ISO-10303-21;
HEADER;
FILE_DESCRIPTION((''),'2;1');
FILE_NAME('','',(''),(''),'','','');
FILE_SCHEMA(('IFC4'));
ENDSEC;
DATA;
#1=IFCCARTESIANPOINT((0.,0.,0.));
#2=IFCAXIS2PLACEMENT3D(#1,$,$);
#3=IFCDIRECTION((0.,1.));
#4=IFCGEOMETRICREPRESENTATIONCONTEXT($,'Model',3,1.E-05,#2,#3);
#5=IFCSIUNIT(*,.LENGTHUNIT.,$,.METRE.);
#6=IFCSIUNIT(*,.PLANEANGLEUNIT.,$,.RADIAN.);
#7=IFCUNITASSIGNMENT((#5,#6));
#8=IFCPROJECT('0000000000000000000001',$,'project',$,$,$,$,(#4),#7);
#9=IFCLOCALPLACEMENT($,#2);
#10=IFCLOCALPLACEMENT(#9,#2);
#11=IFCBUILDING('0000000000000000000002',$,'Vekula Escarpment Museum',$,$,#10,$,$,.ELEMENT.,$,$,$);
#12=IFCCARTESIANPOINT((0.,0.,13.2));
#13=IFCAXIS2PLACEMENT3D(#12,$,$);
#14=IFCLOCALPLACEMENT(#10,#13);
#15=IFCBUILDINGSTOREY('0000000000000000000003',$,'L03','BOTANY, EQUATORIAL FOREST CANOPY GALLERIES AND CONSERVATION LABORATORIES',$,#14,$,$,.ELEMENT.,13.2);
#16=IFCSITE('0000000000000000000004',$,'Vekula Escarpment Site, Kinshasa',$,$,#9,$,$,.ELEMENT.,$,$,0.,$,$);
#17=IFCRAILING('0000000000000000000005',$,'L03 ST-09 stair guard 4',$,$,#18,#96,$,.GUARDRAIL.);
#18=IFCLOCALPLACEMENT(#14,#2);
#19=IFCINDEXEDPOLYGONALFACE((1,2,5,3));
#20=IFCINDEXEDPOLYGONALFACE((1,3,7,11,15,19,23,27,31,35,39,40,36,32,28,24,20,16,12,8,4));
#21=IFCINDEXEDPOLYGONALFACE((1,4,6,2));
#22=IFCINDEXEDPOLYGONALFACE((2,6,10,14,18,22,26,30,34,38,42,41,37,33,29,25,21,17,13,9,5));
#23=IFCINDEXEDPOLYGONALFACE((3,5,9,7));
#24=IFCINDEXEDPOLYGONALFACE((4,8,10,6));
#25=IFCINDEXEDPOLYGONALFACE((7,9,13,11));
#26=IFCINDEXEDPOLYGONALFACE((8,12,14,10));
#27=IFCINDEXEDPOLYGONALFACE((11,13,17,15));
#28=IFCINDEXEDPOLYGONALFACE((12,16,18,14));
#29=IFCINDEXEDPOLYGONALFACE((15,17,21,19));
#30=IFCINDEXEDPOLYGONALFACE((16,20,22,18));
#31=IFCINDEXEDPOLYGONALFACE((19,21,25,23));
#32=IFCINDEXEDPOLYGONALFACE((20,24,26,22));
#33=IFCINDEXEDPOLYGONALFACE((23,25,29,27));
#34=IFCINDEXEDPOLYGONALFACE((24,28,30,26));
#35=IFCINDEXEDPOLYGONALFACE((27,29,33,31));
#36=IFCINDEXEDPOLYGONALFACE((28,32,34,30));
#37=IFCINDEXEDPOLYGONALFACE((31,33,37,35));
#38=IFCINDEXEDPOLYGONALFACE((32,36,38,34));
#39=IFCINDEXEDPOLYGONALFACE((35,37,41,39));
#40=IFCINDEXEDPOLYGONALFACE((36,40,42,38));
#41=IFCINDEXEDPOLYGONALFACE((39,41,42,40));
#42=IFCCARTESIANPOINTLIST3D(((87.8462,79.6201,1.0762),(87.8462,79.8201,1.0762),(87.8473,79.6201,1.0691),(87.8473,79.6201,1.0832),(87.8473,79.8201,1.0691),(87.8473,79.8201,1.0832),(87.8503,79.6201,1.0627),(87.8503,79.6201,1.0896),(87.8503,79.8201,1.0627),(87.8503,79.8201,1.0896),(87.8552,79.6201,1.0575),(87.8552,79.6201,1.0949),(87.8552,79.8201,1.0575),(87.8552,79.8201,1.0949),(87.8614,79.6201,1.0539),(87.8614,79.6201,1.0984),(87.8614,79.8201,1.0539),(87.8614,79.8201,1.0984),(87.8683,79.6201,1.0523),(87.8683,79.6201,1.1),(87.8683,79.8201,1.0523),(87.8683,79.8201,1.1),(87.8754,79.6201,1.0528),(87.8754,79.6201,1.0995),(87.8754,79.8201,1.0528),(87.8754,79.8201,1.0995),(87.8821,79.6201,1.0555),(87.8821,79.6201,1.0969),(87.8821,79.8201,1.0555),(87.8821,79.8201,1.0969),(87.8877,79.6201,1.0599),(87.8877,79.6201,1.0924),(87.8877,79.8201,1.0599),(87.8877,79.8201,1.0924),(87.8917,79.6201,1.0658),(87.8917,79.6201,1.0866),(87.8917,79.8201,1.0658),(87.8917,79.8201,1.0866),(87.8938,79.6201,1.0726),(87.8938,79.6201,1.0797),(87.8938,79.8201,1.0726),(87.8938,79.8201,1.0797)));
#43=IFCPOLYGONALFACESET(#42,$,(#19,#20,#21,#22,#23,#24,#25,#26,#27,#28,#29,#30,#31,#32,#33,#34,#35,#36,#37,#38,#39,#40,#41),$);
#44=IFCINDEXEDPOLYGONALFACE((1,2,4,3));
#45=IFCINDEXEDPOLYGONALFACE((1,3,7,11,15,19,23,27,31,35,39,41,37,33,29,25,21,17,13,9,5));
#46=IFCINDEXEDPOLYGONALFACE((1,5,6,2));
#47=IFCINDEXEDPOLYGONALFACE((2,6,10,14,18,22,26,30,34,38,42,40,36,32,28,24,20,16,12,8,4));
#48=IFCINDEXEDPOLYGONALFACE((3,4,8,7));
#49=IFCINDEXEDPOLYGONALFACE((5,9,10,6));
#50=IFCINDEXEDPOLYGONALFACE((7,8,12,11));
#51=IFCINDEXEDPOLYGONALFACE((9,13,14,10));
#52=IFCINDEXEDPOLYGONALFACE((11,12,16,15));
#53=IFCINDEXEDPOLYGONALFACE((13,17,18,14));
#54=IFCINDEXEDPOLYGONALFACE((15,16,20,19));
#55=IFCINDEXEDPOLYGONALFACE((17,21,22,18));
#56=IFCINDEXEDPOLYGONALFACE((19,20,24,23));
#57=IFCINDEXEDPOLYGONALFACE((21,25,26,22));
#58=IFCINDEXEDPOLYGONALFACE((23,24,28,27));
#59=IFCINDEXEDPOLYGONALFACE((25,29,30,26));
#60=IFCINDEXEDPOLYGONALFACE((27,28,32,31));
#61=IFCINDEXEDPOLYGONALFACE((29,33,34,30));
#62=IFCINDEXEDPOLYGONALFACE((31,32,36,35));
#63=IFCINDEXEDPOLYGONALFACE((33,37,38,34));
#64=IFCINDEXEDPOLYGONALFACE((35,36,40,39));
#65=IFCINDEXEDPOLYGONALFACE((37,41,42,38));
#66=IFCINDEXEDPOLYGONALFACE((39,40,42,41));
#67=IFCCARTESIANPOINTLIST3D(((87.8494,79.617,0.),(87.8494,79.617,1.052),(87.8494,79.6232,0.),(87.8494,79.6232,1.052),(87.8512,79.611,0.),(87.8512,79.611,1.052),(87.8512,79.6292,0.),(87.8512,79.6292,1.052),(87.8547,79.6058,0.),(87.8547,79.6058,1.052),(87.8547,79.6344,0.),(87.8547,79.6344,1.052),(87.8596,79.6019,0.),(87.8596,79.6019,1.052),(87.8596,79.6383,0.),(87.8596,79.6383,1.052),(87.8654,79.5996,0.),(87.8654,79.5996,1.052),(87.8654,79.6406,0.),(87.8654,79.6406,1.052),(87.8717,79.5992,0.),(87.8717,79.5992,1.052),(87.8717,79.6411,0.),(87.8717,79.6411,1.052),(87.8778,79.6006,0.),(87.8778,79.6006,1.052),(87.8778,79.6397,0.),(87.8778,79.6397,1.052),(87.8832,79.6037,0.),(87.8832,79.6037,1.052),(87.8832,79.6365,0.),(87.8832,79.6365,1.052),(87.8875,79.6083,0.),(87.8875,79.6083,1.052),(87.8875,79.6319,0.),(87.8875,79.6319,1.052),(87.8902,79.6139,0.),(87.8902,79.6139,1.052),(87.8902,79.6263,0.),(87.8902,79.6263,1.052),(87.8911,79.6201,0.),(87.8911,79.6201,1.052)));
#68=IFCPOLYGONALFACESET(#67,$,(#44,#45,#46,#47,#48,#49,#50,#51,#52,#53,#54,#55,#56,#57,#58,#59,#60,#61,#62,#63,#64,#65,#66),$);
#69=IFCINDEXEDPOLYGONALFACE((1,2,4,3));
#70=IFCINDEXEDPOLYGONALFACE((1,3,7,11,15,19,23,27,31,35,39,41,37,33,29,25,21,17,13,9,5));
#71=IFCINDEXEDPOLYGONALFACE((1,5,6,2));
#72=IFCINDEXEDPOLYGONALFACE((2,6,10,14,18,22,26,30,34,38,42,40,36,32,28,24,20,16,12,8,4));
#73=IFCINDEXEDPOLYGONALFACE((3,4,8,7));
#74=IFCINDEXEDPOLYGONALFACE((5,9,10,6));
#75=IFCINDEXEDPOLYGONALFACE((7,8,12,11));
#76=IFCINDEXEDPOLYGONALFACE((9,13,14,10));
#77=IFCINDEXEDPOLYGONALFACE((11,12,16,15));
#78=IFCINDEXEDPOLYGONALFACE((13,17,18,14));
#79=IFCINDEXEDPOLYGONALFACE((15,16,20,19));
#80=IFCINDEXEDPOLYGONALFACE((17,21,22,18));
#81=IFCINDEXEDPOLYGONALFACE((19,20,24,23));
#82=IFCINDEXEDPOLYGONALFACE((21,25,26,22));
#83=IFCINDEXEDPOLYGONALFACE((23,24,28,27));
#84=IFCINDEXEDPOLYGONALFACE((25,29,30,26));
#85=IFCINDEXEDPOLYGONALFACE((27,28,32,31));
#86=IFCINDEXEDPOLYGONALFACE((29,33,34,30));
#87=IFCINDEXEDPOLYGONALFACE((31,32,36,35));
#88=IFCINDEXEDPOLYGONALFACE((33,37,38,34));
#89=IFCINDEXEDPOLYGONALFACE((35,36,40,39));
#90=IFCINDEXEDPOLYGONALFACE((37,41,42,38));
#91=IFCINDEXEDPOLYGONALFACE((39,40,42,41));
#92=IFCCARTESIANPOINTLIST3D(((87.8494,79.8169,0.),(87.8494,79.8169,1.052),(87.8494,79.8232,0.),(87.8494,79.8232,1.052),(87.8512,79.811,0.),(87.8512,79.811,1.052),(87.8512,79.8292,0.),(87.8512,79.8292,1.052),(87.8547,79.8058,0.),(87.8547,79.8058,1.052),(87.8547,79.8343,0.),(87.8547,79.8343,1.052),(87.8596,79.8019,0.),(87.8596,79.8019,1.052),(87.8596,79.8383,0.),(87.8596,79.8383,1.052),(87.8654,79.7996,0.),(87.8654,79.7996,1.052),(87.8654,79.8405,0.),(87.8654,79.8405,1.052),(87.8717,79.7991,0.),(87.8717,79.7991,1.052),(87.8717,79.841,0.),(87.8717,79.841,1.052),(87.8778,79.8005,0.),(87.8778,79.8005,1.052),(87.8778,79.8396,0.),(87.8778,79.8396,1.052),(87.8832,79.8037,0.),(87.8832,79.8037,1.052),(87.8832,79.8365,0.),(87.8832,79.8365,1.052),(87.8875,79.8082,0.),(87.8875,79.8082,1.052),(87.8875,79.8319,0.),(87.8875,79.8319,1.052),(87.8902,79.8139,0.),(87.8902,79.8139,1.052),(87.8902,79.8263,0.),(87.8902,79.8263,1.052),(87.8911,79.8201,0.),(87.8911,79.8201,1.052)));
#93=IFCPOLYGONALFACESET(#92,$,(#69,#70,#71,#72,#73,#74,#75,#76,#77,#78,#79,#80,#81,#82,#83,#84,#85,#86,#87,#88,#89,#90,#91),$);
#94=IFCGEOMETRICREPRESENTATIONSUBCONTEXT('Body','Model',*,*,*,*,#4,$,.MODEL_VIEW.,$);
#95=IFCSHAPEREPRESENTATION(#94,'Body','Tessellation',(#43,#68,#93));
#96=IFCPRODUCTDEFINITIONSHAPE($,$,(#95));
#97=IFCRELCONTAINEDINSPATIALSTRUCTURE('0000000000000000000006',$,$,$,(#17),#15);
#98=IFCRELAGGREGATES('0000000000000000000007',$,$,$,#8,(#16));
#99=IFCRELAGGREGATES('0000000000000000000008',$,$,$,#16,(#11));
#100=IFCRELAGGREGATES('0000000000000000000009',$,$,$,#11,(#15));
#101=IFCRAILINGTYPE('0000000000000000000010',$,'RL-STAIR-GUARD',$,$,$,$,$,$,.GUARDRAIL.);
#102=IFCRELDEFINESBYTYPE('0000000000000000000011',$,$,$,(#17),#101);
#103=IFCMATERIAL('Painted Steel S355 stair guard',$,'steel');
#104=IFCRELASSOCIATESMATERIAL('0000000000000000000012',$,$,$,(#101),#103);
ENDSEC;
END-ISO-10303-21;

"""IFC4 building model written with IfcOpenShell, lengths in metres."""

from ifc_helpers import new_model, si_unit, direction, frame, origin, origin_2d, place, context, subcontext, project, spatial, circle, extrude, material, type_object, element, save


model = new_model("IFC4")

# Units and contexts
model_context = context("Model", 3, precision=1e-05, world=origin(), true_north=direction((0.0, 1.0)))
body_context = subcontext(model_context, "Body", "Model", "MODEL_VIEW")
ifc_project = project(units=[si_unit("LENGTHUNIT", "METRE"), si_unit("PLANEANGLEUNIT", "RADIAN")], contexts=[model_context])

# Site, building, storey
site_placement = place(None, origin())
site = spatial("IfcSite", under=ifc_project, at=site_placement, Name="Vekula Escarpment Site, Kinshasa", CompositionType="ELEMENT", RefElevation=0.0)
building_placement = place(site_placement, origin())
building = spatial("IfcBuilding", under=site, at=building_placement, Name="Vekula Escarpment Museum", CompositionType="ELEMENT")
storey_placement = place(building_placement, frame((0.0, 0.0, 13.2)))
storey = spatial("IfcBuildingStorey", under=building, at=storey_placement, Name="L03", Description="BOTANY, EQUATORIAL FOREST CANOPY GALLERIES AND CONSERVATION LABORATORIES", CompositionType="ELEMENT", Elevation=13.2)

# Railing
ifc_material_1 = material(Name="Painted Steel S355 stair guard", Category="steel")
railing_type_1 = type_object("IfcRailingType", Name="RL-STAIR-GUARD", PredefinedType="GUARDRAIL", material=ifc_material_1)
railing_1_placement = place(storey_placement, frame((87.8701, 79.6201, 0.0)))
element("IfcRailing", 1, at=railing_1_placement, inside=storey, type_object=railing_type_1, Name="L03 ST-09 stair guard 4", PredefinedType="GUARDRAIL", context=body_context, shape_type="SweptSolid", body=[
    extrude(circle(Radius=0.0239, at=origin_2d()), frame((0.0, 0.0, 1.0762), z_axis=(0.0, 1.0, 0.0), x_axis=(-1.0, 0.0, 0.0)), (0.0, 0.0, 1.0), 0.2),
    extrude(circle(Radius=0.021, at=origin_2d()), origin(), (0.0, 0.0, 1.0), 1.052),
    extrude(circle(Radius=0.021, at=origin_2d()), frame((0.0, 0.2, 0.0)), (0.0, 0.0, 1.0), 1.052),
])

save(model, "model.ifc")
